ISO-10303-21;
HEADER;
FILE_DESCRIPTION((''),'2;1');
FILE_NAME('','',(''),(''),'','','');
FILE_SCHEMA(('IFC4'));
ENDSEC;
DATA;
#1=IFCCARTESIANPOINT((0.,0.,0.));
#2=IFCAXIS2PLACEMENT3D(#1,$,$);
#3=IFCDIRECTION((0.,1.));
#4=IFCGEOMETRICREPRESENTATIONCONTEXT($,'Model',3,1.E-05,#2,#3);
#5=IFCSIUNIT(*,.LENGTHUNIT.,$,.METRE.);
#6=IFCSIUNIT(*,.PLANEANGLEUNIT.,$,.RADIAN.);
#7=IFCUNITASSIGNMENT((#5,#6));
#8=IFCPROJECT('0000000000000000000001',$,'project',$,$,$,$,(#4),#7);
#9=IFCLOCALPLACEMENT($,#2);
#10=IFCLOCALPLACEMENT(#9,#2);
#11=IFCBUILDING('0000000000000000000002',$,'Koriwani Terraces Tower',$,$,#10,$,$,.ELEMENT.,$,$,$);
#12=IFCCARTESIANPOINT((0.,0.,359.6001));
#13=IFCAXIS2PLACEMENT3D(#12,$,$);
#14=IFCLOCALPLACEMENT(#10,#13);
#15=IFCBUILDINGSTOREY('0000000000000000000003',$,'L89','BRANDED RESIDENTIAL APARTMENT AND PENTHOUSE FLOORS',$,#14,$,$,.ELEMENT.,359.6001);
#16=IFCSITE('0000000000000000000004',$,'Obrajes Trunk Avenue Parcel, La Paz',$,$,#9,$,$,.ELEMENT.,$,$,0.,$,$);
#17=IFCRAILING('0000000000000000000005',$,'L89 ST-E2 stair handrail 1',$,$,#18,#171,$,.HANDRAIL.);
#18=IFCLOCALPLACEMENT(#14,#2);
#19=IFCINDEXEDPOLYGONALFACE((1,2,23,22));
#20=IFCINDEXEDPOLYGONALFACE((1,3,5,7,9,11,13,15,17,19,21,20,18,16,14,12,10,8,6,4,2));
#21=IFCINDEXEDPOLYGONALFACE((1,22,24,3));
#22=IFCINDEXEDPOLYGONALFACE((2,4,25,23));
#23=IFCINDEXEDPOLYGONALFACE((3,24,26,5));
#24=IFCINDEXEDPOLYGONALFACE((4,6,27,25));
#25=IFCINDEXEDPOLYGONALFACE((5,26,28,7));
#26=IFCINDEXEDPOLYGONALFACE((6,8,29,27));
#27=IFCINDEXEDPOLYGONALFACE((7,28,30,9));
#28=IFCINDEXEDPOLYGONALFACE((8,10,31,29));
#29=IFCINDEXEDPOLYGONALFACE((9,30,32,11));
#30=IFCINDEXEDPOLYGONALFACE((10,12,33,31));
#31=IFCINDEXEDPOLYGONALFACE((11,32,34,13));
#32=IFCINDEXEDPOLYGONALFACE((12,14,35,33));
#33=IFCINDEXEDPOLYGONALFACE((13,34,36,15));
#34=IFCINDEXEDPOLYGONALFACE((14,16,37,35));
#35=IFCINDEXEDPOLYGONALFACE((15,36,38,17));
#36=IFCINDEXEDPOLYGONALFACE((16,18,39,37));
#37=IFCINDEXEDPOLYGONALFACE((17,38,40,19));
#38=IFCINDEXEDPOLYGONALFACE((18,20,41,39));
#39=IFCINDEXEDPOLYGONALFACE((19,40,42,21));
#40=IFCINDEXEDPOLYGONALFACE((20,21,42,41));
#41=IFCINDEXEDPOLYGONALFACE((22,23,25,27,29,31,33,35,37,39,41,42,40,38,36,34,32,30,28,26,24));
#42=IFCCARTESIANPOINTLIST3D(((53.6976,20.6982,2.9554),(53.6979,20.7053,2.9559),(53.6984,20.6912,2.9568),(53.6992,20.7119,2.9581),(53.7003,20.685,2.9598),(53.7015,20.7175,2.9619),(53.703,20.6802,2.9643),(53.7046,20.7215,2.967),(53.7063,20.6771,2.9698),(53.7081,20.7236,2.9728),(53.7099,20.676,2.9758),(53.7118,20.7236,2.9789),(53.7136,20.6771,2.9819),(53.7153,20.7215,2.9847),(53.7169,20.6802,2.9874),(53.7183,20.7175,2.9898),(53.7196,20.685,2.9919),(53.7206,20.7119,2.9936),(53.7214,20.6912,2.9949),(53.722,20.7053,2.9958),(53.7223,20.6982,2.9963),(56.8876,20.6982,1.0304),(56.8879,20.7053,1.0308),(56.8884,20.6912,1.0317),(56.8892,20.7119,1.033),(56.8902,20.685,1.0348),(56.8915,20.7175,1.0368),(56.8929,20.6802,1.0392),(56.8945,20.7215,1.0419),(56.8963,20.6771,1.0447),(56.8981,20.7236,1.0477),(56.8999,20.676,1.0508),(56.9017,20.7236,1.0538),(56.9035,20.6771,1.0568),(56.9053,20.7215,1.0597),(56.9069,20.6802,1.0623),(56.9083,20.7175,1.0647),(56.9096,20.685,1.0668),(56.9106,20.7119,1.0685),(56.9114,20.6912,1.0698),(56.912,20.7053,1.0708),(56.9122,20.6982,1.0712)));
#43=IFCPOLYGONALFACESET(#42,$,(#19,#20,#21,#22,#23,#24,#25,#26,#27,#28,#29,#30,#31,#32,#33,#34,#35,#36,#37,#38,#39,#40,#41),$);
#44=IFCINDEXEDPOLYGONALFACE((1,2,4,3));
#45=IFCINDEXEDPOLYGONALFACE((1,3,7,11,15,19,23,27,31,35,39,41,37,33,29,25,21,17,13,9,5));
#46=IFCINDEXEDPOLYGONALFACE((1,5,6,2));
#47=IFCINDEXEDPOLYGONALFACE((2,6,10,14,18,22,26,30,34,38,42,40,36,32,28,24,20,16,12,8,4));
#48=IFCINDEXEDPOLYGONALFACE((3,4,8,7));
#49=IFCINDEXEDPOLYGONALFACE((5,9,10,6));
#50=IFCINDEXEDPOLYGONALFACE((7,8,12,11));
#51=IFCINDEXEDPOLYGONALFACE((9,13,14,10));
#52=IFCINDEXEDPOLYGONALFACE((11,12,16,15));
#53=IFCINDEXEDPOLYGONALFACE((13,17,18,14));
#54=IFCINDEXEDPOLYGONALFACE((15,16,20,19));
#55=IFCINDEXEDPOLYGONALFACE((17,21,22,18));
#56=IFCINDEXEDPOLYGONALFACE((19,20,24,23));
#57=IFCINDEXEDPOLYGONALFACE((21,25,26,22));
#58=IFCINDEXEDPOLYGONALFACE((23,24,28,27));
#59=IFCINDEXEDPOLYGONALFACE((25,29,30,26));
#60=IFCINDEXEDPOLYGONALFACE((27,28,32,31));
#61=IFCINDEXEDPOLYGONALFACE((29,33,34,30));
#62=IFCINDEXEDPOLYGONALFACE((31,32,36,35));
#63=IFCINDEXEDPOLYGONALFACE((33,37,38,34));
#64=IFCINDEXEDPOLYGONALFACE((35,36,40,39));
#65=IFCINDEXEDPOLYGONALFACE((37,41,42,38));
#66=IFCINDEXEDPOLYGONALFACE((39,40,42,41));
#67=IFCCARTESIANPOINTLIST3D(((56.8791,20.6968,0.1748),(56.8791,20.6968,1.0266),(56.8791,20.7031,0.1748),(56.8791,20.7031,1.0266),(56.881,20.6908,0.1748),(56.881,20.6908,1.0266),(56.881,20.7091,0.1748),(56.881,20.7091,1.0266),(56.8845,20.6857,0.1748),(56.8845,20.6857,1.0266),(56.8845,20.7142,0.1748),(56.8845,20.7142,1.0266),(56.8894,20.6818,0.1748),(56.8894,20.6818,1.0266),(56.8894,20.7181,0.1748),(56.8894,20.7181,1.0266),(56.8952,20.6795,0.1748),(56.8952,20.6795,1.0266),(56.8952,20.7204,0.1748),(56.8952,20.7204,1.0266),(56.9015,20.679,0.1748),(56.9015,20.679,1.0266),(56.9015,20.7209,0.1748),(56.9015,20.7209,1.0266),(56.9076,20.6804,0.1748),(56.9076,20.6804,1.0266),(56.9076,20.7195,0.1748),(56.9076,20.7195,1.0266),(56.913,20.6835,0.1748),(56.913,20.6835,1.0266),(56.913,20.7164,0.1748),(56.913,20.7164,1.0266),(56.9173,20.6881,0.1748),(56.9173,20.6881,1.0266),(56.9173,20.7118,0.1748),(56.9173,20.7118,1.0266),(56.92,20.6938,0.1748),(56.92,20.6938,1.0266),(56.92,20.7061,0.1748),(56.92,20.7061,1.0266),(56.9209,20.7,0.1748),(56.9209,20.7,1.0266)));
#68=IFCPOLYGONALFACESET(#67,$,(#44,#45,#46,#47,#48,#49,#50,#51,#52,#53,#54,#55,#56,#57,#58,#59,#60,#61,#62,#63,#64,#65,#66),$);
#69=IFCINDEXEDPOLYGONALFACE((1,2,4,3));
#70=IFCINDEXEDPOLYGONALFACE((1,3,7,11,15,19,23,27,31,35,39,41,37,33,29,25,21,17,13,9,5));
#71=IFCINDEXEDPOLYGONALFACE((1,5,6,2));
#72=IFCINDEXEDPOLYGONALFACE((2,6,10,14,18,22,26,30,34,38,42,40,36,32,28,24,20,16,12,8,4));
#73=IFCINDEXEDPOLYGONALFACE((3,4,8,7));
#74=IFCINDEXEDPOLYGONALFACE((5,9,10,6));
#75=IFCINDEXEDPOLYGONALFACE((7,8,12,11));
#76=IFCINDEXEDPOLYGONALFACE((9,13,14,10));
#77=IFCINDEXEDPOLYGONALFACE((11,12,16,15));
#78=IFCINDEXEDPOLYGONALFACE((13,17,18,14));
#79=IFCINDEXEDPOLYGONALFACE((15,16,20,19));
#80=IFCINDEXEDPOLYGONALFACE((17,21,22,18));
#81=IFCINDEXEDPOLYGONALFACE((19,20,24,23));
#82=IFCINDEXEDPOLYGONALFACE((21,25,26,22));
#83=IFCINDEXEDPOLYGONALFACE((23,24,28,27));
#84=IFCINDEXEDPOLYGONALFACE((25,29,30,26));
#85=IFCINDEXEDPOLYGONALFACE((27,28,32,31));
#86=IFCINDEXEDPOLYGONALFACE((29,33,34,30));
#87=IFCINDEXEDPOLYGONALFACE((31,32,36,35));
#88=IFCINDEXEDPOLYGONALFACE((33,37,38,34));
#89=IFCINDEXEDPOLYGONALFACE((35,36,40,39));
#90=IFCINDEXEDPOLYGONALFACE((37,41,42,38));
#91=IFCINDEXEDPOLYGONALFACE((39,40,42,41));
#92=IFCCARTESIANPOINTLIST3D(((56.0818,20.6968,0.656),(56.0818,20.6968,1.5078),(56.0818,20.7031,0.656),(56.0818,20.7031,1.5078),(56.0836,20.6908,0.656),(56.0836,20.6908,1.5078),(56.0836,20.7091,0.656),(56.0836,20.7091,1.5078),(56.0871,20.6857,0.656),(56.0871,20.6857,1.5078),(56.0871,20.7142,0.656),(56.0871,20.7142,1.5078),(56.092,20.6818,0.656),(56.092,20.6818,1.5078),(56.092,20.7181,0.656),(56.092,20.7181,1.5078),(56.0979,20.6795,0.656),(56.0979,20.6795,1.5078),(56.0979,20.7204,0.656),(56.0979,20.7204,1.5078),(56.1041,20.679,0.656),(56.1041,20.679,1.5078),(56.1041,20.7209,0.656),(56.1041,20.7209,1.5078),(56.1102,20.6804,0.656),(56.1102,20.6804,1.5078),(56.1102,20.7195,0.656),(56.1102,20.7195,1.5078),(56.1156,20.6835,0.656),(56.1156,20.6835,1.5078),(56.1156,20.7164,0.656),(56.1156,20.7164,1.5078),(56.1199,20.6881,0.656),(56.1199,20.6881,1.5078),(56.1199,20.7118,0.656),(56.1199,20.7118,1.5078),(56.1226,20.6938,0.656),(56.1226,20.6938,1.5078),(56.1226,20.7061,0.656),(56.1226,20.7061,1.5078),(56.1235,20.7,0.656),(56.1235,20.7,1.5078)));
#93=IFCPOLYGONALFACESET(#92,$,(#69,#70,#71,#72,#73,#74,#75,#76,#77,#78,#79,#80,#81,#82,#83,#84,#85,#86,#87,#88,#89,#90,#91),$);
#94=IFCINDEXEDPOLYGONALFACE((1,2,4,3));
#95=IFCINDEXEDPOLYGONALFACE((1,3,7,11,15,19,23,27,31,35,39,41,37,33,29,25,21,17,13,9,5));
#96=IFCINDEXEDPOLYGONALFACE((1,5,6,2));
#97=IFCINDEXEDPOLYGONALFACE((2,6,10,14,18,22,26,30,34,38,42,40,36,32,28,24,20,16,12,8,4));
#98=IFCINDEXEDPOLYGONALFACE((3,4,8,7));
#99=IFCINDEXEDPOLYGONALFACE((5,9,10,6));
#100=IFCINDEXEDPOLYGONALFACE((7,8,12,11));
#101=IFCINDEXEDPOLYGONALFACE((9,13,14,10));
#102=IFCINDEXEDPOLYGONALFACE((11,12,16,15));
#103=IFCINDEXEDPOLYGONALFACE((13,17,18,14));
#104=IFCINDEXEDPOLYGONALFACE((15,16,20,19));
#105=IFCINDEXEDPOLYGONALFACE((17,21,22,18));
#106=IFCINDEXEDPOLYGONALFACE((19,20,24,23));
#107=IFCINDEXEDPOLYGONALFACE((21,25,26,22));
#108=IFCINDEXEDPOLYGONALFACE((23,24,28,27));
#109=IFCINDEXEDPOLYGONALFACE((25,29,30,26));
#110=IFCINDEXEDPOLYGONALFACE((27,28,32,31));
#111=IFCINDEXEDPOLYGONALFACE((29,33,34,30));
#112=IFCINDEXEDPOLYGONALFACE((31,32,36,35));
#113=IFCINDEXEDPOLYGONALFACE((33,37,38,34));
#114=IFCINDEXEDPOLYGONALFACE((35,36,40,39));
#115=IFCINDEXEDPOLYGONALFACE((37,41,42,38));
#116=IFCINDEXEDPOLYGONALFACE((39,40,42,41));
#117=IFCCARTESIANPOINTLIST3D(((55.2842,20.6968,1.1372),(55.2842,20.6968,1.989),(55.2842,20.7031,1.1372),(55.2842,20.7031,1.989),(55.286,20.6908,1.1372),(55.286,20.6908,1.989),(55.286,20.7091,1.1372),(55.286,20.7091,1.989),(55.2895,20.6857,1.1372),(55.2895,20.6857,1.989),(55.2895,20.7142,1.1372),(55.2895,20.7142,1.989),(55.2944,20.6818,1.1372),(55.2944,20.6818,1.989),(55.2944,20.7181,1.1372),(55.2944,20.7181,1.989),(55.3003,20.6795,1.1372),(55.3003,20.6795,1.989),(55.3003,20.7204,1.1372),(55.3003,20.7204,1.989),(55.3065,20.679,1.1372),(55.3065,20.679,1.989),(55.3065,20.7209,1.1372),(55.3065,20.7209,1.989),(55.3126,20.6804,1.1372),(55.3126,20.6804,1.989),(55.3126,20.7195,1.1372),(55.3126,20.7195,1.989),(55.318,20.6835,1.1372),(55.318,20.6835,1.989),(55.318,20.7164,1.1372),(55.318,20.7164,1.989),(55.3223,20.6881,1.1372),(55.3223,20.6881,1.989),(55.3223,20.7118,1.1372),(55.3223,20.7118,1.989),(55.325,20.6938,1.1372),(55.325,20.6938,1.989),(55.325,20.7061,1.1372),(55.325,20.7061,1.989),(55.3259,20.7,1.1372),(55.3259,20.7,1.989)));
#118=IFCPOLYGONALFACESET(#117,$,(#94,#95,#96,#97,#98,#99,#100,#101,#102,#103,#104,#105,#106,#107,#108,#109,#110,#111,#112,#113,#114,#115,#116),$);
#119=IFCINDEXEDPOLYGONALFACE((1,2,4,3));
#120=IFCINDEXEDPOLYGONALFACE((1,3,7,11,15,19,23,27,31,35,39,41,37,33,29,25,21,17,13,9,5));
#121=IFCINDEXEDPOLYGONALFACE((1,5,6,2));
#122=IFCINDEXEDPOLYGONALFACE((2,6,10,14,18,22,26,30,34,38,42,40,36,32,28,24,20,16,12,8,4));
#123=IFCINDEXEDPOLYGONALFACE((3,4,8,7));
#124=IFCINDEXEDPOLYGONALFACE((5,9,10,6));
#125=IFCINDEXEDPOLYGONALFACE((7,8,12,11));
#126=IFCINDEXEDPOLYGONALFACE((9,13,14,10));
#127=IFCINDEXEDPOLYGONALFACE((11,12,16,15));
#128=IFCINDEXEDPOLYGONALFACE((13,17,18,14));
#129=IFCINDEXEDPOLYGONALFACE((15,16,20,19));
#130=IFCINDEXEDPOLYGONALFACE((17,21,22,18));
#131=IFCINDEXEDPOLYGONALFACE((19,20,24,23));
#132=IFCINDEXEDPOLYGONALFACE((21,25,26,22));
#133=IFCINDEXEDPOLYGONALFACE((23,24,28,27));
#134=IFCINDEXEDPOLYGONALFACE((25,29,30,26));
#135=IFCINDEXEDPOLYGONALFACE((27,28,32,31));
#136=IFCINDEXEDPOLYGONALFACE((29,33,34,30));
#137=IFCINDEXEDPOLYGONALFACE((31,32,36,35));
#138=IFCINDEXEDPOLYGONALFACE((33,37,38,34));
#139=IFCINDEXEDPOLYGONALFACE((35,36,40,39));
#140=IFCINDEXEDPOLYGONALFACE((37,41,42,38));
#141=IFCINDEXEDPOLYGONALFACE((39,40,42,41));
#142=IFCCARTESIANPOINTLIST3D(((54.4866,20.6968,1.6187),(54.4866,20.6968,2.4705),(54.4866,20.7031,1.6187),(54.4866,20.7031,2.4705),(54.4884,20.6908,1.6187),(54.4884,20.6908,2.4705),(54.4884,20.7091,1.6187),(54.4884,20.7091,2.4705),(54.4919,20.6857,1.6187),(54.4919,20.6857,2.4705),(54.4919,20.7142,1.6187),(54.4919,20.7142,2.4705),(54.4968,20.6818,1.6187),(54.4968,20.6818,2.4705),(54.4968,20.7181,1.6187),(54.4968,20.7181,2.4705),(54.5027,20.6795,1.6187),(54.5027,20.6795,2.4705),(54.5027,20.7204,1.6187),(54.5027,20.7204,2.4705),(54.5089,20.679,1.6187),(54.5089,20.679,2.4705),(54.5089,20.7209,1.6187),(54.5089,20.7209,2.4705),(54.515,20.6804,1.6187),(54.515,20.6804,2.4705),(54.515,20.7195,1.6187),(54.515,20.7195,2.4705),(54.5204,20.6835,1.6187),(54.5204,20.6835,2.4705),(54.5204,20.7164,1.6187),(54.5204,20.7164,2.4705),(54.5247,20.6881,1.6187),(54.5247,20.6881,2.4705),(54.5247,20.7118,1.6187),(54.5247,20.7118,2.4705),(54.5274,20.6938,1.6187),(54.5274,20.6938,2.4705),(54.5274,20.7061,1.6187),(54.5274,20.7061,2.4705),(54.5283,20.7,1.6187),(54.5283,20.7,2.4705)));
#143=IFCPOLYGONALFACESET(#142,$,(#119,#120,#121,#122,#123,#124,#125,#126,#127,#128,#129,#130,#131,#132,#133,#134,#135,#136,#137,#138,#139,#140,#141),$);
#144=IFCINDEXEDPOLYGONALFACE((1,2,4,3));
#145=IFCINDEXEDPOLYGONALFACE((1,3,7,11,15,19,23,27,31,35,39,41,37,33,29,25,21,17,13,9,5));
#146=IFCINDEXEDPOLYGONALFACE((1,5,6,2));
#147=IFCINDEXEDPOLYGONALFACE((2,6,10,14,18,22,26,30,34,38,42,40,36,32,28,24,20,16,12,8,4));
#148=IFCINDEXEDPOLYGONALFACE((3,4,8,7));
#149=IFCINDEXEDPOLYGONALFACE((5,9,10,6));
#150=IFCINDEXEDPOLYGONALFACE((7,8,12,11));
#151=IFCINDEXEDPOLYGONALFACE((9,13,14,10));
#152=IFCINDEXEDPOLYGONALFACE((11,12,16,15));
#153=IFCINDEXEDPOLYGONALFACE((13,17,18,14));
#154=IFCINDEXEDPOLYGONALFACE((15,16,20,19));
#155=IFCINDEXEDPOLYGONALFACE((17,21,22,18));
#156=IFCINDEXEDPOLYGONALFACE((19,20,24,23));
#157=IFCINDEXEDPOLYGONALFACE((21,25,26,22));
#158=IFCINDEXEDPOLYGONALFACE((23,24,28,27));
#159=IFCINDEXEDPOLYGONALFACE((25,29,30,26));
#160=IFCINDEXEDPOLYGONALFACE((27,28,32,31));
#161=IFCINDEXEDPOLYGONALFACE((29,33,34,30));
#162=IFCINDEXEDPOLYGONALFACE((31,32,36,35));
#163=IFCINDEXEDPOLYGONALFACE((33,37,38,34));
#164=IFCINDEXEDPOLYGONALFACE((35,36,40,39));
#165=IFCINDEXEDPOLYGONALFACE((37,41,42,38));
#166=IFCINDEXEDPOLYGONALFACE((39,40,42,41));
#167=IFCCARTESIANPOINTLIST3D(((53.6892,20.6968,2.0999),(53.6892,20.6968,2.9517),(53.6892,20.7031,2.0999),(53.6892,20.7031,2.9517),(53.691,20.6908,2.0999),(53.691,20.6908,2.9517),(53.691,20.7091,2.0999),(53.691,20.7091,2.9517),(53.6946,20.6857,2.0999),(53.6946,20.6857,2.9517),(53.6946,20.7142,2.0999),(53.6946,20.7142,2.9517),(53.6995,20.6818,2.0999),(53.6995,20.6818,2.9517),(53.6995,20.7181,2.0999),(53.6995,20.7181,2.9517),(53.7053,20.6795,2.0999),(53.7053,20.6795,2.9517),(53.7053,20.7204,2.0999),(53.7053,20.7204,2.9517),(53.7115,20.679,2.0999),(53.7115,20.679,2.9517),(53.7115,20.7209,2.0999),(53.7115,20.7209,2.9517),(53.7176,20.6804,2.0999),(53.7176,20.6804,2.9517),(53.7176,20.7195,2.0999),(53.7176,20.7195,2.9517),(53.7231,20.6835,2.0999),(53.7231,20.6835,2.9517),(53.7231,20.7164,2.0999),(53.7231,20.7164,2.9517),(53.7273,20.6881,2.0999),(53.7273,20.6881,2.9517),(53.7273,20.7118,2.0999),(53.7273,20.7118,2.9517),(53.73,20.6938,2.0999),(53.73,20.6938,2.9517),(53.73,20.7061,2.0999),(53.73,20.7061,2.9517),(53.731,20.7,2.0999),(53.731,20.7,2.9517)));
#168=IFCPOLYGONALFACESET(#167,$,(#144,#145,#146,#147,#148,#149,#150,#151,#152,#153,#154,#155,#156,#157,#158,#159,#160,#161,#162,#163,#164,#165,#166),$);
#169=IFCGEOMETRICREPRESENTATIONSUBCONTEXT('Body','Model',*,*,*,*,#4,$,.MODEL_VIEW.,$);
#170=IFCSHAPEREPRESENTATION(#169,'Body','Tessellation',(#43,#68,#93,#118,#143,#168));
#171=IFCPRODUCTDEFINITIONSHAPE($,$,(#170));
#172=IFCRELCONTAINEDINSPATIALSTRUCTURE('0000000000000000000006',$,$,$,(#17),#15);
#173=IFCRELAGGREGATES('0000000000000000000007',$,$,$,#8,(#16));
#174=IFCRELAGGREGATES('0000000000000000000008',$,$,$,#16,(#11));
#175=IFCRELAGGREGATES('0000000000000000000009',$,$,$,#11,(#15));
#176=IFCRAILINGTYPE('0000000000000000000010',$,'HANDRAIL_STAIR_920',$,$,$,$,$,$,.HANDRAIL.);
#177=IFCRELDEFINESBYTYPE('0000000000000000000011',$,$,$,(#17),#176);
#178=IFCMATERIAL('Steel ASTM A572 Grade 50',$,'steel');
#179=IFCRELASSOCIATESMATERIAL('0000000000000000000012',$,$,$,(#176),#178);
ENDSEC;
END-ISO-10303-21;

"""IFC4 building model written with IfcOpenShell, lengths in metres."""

from ifc_helpers import new_model, si_unit, direction, frame, origin, origin_2d, place, context, subcontext, project, spatial, circle, extrude, material, type_object, element, save


model = new_model("IFC4")

# Units and contexts
model_context = context("Model", 3, precision=1e-05, world=origin(), true_north=direction((0.0, 1.0)))
body_context = subcontext(model_context, "Body", "Model", "MODEL_VIEW")
ifc_project = project(units=[si_unit("LENGTHUNIT", "METRE"), si_unit("PLANEANGLEUNIT", "RADIAN")], contexts=[model_context])

# Site, building, storey
site_placement = place(None, origin())
site = spatial("IfcSite", under=ifc_project, at=site_placement, Name="Obrajes Trunk Avenue Parcel, La Paz", CompositionType="ELEMENT", RefElevation=0.0)
building_placement = place(site_placement, origin())
building = spatial("IfcBuilding", under=site, at=building_placement, Name="Koriwani Terraces Tower", CompositionType="ELEMENT")
storey_placement = place(building_placement, frame((0.0, 0.0, 359.6001)))
storey = spatial("IfcBuildingStorey", under=building, at=storey_placement, Name="L89", Description="BRANDED RESIDENTIAL APARTMENT AND PENTHOUSE FLOORS", CompositionType="ELEMENT", Elevation=359.6001)

# Shared definitions
ifc_material_1 = material(Name="Steel ASTM A572 Grade 50", Category="steel")

# Railing
railing_type_1 = type_object("IfcRailingType", Name="HANDRAIL_STAIR_920", PredefinedType="HANDRAIL", material=ifc_material_1)
railing_1_placement = place(storey_placement, frame((56.8999, 20.7, 0.1748)))
element("IfcRailing", 1, at=railing_1_placement, inside=storey, type_object=railing_type_1, Name="L89 ST-E2 stair handrail 1", PredefinedType="HANDRAIL", context=body_context, shape_type="SweptSolid", body=[
    extrude(circle(Radius=0.0239, at=origin_2d()), frame((0.0, 0.0, 0.876), z_axis=(-0.856178, 0.0, 0.516682), x_axis=(0.0, -1.0, 0.0)), (0.0, 0.0, 1.0), 3.7258),
    extrude(circle(Radius=0.021, at=origin_2d()), origin(), (0.0, 0.0, 1.0), 0.8518),
    extrude(circle(Radius=0.021, at=origin_2d()), frame((-0.7974, 0.0, 0.4812)), (0.0, 0.0, 1.0), 0.8518),
    extrude(circle(Radius=0.021, at=origin_2d()), frame((-1.595, 0.0, 0.9624)), (0.0, 0.0, 1.0), 0.8518),
    extrude(circle(Radius=0.021, at=origin_2d()), frame((-2.3926, 0.0, 1.4438)), (0.0, 0.0, 1.0), 0.8518),
    extrude(circle(Radius=0.021, at=origin_2d()), frame((-3.1899, 0.0, 1.925)), (0.0, 0.0, 1.0), 0.8518),
])

save(model, "model.ifc")
